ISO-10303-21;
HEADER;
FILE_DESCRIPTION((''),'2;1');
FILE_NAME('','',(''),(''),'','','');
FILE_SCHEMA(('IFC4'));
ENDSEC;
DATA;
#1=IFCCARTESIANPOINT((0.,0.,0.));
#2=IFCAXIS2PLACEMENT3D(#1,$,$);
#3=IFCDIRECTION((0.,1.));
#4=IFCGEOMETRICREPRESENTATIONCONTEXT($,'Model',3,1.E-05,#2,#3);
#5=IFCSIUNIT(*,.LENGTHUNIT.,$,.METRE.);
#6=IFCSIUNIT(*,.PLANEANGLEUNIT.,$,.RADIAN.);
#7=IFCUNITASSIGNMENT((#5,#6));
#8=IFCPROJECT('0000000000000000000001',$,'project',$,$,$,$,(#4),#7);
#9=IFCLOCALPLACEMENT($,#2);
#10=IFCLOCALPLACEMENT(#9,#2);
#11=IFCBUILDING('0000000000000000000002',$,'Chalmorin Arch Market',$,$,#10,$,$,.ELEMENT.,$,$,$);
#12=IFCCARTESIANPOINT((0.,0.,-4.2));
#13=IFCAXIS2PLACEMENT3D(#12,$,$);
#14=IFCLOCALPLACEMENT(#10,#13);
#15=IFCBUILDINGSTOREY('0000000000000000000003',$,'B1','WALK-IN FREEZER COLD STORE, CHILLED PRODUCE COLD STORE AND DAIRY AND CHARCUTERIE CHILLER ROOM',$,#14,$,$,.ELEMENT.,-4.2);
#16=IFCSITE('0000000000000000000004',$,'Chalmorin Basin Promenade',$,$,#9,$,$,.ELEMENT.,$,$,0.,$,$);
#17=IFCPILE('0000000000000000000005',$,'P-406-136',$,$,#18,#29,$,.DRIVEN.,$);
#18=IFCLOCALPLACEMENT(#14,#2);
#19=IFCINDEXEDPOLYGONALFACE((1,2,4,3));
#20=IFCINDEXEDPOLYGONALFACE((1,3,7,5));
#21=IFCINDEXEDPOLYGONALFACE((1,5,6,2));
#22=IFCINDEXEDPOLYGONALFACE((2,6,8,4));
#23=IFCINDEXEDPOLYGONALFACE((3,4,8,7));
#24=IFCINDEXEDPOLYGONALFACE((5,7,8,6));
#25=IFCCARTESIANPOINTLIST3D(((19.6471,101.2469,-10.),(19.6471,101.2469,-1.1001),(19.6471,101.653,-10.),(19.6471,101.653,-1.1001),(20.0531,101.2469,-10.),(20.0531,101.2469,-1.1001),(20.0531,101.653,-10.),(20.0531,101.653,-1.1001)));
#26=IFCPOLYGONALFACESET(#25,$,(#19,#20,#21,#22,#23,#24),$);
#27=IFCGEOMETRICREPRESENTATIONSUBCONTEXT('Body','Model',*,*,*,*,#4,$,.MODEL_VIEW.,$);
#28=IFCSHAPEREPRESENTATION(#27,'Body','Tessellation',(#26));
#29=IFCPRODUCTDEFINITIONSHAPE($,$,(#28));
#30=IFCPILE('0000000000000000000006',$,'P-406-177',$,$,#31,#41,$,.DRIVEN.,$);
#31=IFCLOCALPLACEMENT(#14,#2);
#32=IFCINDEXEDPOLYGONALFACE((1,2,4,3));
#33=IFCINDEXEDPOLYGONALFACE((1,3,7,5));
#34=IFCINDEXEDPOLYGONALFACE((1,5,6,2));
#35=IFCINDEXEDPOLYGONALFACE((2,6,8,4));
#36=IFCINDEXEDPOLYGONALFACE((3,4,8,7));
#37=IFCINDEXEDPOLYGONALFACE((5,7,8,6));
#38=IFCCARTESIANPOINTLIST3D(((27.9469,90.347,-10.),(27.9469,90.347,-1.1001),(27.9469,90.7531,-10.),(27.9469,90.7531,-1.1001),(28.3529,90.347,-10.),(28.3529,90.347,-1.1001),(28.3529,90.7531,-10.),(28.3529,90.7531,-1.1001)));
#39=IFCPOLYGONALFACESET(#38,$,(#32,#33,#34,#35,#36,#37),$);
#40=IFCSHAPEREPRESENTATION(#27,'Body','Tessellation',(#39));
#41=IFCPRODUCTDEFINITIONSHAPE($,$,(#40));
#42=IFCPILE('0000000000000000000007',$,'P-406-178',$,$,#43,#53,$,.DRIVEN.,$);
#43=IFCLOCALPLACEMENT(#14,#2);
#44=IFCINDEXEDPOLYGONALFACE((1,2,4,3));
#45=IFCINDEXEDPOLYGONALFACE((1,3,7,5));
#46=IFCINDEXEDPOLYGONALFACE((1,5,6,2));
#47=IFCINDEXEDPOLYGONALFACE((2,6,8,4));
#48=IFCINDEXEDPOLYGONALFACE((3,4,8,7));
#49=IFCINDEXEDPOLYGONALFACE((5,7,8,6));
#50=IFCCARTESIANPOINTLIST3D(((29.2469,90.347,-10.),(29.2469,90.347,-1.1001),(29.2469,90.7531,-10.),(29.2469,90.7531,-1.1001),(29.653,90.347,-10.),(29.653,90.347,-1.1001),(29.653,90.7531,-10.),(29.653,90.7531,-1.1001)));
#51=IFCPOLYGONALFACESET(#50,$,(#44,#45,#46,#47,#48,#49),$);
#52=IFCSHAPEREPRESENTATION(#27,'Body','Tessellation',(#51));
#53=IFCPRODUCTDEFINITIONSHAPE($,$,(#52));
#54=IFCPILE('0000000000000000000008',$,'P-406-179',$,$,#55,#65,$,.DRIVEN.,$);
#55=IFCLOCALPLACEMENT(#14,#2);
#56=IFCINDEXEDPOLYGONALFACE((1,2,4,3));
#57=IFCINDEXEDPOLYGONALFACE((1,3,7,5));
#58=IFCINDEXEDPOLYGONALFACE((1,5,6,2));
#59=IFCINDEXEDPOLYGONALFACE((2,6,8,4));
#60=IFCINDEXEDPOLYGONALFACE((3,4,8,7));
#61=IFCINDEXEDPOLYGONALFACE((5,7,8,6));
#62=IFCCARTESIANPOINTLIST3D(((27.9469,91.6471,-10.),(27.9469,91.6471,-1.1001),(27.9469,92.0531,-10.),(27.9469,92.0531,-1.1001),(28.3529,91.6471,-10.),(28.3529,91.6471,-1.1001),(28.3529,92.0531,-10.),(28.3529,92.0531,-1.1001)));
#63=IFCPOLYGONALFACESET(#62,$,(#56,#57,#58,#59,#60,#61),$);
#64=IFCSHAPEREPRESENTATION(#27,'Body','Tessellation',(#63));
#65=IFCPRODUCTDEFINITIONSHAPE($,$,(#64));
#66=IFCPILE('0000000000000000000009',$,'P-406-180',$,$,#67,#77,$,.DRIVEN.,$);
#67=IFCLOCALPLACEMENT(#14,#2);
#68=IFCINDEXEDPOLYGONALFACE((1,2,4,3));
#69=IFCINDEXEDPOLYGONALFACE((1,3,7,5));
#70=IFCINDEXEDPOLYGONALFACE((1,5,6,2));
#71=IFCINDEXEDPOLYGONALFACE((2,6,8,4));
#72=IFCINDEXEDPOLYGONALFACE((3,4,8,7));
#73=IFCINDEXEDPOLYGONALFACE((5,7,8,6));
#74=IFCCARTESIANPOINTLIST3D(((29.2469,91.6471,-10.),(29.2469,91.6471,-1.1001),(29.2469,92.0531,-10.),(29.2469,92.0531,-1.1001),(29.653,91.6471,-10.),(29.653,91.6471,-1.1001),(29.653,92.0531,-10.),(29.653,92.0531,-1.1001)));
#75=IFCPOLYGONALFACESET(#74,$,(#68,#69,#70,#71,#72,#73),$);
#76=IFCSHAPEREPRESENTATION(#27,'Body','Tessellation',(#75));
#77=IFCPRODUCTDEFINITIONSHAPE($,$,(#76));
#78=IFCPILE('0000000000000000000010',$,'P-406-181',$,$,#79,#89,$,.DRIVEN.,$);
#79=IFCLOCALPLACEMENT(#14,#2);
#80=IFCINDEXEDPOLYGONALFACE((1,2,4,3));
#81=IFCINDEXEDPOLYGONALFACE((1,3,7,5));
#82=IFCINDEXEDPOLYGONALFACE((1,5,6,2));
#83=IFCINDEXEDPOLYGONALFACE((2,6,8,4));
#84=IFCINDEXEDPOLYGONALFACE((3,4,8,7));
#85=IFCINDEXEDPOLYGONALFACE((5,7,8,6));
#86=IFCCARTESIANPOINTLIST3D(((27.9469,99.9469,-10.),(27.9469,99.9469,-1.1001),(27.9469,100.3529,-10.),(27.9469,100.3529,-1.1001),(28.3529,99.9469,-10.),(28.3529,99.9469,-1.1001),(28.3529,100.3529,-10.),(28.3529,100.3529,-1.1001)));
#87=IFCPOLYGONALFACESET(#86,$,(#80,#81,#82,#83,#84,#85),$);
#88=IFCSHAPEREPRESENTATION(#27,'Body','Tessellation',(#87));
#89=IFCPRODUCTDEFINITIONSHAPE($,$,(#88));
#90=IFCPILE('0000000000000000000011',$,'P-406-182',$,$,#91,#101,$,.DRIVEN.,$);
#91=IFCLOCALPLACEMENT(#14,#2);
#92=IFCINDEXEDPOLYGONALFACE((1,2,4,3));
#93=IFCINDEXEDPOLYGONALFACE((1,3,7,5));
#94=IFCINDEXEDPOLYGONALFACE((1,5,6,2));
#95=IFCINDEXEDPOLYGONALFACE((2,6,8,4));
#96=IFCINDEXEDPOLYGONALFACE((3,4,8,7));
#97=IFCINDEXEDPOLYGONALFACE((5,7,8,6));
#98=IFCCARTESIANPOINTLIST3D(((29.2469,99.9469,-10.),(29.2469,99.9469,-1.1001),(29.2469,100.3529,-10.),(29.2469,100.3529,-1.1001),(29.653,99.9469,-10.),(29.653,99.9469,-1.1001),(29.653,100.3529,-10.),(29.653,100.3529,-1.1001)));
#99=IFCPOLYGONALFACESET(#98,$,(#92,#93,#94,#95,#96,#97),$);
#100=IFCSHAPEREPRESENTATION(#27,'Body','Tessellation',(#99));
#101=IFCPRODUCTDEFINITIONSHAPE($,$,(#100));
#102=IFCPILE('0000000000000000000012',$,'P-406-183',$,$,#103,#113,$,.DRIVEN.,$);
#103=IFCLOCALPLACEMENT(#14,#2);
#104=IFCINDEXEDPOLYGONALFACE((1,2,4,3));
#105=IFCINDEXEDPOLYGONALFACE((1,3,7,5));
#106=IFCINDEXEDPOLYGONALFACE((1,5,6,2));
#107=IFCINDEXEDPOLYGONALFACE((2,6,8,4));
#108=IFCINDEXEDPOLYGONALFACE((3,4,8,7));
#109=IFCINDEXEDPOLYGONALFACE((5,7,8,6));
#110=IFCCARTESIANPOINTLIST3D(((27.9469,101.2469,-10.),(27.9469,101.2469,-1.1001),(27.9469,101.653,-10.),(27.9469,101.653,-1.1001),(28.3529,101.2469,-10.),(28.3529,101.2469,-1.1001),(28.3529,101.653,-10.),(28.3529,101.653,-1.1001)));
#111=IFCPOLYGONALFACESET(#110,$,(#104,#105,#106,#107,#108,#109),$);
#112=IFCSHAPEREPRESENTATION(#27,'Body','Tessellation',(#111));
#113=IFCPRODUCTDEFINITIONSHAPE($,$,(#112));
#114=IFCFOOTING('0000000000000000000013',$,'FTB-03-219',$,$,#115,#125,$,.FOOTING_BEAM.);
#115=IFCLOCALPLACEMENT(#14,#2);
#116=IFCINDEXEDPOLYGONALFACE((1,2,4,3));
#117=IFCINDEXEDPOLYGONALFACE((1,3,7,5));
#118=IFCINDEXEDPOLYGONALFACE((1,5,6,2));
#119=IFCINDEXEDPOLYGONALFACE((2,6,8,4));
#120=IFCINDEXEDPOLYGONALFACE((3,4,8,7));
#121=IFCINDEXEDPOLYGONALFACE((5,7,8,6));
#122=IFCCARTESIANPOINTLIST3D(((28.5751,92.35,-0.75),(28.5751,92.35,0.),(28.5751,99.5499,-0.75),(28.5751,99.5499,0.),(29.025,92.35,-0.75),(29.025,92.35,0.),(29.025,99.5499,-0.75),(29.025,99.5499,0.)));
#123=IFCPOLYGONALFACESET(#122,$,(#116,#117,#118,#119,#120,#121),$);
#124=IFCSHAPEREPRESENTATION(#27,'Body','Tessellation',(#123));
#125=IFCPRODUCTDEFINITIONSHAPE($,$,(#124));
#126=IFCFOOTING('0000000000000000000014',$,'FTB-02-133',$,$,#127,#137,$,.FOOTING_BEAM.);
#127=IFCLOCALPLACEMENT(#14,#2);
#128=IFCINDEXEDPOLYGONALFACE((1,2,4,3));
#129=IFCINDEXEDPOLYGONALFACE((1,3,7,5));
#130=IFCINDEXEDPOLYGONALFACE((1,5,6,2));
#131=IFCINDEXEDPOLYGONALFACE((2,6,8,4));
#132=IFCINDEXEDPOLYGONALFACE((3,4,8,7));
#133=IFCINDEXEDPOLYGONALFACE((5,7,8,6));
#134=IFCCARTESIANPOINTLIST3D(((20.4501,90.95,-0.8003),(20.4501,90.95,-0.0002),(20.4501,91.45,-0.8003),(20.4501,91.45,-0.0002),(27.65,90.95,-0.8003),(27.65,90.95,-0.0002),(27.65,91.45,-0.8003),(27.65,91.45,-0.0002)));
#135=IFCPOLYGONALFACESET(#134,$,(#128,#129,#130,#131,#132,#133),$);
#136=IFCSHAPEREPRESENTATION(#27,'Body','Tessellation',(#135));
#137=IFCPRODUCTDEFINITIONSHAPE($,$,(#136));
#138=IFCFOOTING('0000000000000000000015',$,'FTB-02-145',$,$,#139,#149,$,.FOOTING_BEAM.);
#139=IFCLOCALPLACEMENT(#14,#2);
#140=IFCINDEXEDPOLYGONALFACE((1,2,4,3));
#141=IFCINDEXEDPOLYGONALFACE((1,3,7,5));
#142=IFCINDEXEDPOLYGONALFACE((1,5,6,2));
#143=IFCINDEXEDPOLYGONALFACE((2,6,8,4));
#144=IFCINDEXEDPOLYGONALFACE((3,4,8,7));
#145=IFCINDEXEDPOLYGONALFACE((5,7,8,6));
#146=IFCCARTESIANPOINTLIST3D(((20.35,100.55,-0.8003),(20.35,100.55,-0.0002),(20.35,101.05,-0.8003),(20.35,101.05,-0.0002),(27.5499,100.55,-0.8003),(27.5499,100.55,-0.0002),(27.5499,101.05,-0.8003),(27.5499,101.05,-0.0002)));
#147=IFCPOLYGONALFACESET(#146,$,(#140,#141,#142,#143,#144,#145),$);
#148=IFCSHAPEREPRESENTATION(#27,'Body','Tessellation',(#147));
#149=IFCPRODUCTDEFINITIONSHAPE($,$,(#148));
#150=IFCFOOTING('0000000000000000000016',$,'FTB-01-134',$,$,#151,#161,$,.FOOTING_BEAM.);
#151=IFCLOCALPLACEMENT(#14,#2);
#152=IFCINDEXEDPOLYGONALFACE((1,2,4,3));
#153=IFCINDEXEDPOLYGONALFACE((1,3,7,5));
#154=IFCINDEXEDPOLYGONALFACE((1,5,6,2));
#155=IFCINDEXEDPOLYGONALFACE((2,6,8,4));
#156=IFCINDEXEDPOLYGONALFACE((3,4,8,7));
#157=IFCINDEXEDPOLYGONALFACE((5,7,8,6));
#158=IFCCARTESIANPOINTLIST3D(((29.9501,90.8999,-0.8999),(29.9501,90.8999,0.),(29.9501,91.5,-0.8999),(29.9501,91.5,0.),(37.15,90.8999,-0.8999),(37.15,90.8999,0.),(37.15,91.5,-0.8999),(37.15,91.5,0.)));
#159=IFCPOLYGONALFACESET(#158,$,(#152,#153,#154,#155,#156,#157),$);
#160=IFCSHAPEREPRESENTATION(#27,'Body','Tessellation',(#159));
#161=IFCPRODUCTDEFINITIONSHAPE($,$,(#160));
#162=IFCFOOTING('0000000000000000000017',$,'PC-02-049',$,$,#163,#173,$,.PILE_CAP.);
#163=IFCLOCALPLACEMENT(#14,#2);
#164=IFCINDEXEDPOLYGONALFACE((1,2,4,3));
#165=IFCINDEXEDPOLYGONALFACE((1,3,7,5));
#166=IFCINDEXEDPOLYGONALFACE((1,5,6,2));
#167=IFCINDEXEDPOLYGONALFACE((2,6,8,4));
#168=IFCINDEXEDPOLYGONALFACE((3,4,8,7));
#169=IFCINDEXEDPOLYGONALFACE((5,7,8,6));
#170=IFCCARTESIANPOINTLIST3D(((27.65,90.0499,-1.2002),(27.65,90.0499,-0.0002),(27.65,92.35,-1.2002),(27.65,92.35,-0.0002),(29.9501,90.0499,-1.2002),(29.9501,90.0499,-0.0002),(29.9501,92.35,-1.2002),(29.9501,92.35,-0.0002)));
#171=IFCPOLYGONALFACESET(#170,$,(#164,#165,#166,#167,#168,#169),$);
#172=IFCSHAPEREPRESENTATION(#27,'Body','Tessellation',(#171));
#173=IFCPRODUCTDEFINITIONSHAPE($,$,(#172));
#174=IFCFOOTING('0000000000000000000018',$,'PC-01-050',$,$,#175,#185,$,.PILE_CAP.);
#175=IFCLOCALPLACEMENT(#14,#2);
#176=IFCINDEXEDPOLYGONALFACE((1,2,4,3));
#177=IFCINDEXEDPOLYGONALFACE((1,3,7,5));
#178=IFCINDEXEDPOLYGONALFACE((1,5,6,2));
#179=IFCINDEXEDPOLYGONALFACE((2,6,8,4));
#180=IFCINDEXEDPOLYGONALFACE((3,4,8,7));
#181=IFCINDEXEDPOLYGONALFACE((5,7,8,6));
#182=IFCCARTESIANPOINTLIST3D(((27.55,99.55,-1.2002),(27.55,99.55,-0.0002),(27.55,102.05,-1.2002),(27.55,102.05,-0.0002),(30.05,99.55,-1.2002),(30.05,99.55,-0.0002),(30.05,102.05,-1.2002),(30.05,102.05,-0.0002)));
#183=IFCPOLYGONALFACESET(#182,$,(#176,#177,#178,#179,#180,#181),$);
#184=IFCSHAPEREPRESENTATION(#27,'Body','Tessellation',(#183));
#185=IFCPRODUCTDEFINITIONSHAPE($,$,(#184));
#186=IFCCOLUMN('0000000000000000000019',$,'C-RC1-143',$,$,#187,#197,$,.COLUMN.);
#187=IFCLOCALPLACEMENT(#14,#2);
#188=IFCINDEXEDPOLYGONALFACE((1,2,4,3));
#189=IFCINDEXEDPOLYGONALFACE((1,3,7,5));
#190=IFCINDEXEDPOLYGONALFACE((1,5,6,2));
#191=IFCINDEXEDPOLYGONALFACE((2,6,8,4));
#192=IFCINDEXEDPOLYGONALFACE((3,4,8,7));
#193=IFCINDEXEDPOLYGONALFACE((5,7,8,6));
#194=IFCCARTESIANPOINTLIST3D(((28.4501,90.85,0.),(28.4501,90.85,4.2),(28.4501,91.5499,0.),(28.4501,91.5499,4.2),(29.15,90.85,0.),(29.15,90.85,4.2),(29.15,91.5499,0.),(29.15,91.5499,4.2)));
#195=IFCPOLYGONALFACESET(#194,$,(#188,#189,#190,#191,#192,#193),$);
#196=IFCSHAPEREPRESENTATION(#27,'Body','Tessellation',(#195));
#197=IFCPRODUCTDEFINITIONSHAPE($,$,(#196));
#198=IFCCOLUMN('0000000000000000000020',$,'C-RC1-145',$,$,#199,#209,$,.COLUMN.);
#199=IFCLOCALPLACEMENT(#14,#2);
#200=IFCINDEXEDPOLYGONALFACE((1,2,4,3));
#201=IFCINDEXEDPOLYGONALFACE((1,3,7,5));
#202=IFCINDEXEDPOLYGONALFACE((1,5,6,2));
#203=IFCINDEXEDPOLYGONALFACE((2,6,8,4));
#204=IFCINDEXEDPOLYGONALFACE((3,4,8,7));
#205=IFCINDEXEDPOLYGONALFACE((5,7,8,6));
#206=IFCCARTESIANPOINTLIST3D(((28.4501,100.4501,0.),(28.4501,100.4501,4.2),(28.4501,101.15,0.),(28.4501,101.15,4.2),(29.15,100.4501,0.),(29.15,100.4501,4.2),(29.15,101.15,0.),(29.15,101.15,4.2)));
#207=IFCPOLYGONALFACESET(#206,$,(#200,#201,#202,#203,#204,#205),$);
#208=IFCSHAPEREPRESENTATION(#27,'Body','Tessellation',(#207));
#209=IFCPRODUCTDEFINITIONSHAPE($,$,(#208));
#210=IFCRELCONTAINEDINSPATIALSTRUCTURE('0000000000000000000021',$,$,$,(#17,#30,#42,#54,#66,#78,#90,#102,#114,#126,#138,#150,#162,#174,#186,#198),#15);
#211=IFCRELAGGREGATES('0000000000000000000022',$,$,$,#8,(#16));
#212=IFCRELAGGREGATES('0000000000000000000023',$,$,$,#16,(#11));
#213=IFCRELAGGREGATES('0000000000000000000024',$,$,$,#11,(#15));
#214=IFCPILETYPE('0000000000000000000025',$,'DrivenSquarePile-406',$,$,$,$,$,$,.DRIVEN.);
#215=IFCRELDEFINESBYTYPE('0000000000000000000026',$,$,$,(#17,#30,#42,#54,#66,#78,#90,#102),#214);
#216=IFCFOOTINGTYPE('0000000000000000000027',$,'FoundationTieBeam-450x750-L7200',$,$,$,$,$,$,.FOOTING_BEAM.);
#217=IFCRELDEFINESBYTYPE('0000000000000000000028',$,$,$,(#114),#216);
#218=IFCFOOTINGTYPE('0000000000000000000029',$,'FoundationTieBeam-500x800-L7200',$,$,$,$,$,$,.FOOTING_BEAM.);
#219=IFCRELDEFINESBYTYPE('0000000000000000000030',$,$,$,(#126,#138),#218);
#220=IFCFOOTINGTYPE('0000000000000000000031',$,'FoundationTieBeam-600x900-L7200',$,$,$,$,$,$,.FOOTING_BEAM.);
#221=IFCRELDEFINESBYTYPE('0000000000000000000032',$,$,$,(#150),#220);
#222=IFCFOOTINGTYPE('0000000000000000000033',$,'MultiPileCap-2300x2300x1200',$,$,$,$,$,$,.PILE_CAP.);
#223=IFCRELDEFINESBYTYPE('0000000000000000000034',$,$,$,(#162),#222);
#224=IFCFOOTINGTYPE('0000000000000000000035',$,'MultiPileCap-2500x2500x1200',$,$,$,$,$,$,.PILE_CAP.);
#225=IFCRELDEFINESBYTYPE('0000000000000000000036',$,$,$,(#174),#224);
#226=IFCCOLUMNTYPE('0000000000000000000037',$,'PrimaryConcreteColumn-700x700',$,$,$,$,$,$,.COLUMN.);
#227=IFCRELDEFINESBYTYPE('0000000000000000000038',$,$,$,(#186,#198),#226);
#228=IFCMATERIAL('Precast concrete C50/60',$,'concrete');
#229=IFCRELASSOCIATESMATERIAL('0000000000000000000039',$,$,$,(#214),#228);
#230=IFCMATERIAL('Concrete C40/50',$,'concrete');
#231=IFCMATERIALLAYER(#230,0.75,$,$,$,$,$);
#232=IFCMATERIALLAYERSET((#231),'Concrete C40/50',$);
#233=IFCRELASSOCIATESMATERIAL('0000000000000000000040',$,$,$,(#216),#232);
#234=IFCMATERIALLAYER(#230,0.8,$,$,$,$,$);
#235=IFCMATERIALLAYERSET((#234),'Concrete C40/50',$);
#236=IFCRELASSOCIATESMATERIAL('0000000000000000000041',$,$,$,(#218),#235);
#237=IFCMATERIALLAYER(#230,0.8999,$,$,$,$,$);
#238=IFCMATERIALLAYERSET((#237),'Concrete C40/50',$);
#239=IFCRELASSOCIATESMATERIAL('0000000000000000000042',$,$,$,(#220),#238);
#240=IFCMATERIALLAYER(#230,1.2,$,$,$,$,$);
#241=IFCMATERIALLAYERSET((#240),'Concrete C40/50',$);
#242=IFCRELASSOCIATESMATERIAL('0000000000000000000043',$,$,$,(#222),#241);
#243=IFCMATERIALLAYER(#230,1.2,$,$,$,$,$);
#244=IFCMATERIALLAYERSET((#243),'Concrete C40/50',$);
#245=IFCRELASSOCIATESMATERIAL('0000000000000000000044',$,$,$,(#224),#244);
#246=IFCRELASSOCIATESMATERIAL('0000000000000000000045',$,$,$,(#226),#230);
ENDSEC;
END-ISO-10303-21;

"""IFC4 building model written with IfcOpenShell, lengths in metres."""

from ifc_helpers import new_model, si_unit, direction, frame, origin, origin_2d, place, context, subcontext, project, spatial, rectangle, extrude, material, layer, layer_set, material_profile, profile_set, type_object, element, save


model = new_model("IFC4")

# Units and contexts
model_context = context("Model", 3, precision=1e-05, world=origin(), true_north=direction((0.0, 1.0)))
body_context = subcontext(model_context, "Body", "Model", "MODEL_VIEW")
ifc_project = project(units=[si_unit("LENGTHUNIT", "METRE"), si_unit("PLANEANGLEUNIT", "RADIAN")], contexts=[model_context])

# Site, building, storey
site_placement = place(None, origin())
site = spatial("IfcSite", under=ifc_project, at=site_placement, Name="Chalmorin Basin Promenade", CompositionType="ELEMENT", RefElevation=0.0)
building_placement = place(site_placement, origin())
building = spatial("IfcBuilding", under=site, at=building_placement, Name="Chalmorin Arch Market", CompositionType="ELEMENT")
storey_placement = place(building_placement, frame((0.0, 0.0, -4.2)))
storey = spatial("IfcBuildingStorey", under=building, at=storey_placement, Name="B1", Description="WALK-IN FREEZER COLD STORE, CHILLED PRODUCE COLD STORE AND DAIRY AND CHARCUTERIE CHILLER ROOM", CompositionType="ELEMENT", Elevation=-4.2)

# Piles
ifc_material_1 = material(Name="Precast concrete C50/60", Category="concrete")
ifc_material_profile_1 = material_profile(ifc_material_1, rectangle(XDim=0.406, YDim=0.406, at=origin_2d()), Name="PPC406")
ifc_profile_set_1 = profile_set([ifc_material_profile_1], Name="Precast concrete C50/60")
pile_type = type_object("IfcPileType", Name="DrivenSquarePile-406", PredefinedType="DRIVEN", material=ifc_profile_set_1)
for number, where, z_axis, x_axis, name in (
    (1, (19.8501, 101.45, -1.1001), (0.0, 0.0, -1.0), (1.0, 0.0, 0.0), "P-406-136"),
    (2, (28.1499, 90.55, -1.1001), (0.0, 0.0, -1.0), (1.0, 0.0, 0.0), "P-406-177"),
    (3, (29.45, 90.55, -1.1001), (0.0, 0.0, -1.0), (1.0, 0.0, 0.0), "P-406-178"),
    (4, (28.1499, 91.8501, -1.1001), (0.0, 0.0, -1.0), (1.0, 0.0, 0.0), "P-406-179"),
    (5, (29.45, 91.8501, -1.1001), (0.0, 0.0, -1.0), (1.0, 0.0, 0.0), "P-406-180"),
    (6, (28.1499, 100.1499, -1.1001), (0.0, 0.0, -1.0), (1.0, 0.0, 0.0), "P-406-181"),
    (7, (29.45, 100.1499, -1.1001), (0.0, 0.0, -1.0), (1.0, 0.0, 0.0), "P-406-182"),
    (8, (28.1499, 101.45, -1.1001), (0.0, 0.0, -1.0), (1.0, 0.0, 0.0), "P-406-183"),
):
    element("IfcPile", number, at=place(storey_placement, frame(where, z_axis=z_axis, x_axis=x_axis)), inside=storey, type_object=pile_type, Name=name, PredefinedType="DRIVEN", context=body_context, shape_type="SweptSolid", body=[
        extrude(rectangle(XDim=0.406, YDim=0.406, at=origin_2d()), origin(), (0.0, 0.0, 1.0), 8.8999),
    ])

# Footings
ifc_material_2 = material(Name="Concrete C40/50", Category="concrete")
ifc_layer_1 = layer(ifc_material_2, 0.75)
ifc_layer_set_1 = layer_set([ifc_layer_1], Name="Concrete C40/50")
footing_type_1 = type_object("IfcFootingType", Name="FoundationTieBeam-450x750-L7200", PredefinedType="FOOTING_BEAM", material=ifc_layer_set_1)
footing_1_placement = place(storey_placement, frame((28.8, 95.95, -0.75), z_axis=(0.0, 0.0, 1.0), x_axis=(0.0, 1.0, 0.0)))
element("IfcFooting", 9, at=footing_1_placement, inside=storey, type_object=footing_type_1, Name="FTB-03-219", PredefinedType="FOOTING_BEAM", context=body_context, shape_type="SweptSolid", body=[
    extrude(rectangle(XDim=7.2, YDim=0.45, at=origin_2d()), origin(), (0.0, 0.0, 1.0), 0.75),
])
ifc_layer_2 = layer(ifc_material_2, 0.8)
ifc_layer_set_2 = layer_set([ifc_layer_2], Name="Concrete C40/50")
footing_type_2 = type_object("IfcFootingType", Name="FoundationTieBeam-500x800-L7200", PredefinedType="FOOTING_BEAM", material=ifc_layer_set_2)
for number, where, z_axis, x_axis, name in (
    (10, (24.05, 91.2, -0.8003), (0.0, 0.0, 1.0), (1.0, 0.0, 0.0), "FTB-02-133"),
    (11, (23.95, 100.8, -0.8003), (0.0, 0.0, 1.0), (1.0, 0.0, 0.0), "FTB-02-145"),
):
    element("IfcFooting", number, at=place(storey_placement, frame(where, z_axis=z_axis, x_axis=x_axis)), inside=storey, type_object=footing_type_2, Name=name, PredefinedType="FOOTING_BEAM", context=body_context, shape_type="SweptSolid", body=[
        extrude(rectangle(XDim=7.2, YDim=0.5, at=origin_2d()), origin(), (0.0, 0.0, 1.0), 0.8),
    ])
ifc_layer_3 = layer(ifc_material_2, 0.8999)
ifc_layer_set_3 = layer_set([ifc_layer_3], Name="Concrete C40/50")
footing_type_3 = type_object("IfcFootingType", Name="FoundationTieBeam-600x900-L7200", PredefinedType="FOOTING_BEAM", material=ifc_layer_set_3)
footing_2_placement = place(storey_placement, frame((33.55, 91.2, -0.8999), z_axis=(0.0, 0.0, 1.0), x_axis=(1.0, 0.0, 0.0)))
element("IfcFooting", 12, at=footing_2_placement, inside=storey, type_object=footing_type_3, Name="FTB-01-134", PredefinedType="FOOTING_BEAM", context=body_context, shape_type="SweptSolid", body=[
    extrude(rectangle(XDim=7.2, YDim=0.6001, at=origin_2d()), origin(), (0.0, 0.0, 1.0), 0.8999),
])
ifc_layer_4 = layer(ifc_material_2, 1.2)
ifc_layer_set_4 = layer_set([ifc_layer_4], Name="Concrete C40/50")
footing_type_4 = type_object("IfcFootingType", Name="MultiPileCap-2300x2300x1200", PredefinedType="PILE_CAP", material=ifc_layer_set_4)
footing_3_placement = place(storey_placement, frame((28.8, 91.2, -1.2002), z_axis=(0.0, 0.0, 1.0), x_axis=(1.0, 0.0, 0.0)))
element("IfcFooting", 13, at=footing_3_placement, inside=storey, type_object=footing_type_4, Name="PC-02-049", PredefinedType="PILE_CAP", context=body_context, shape_type="SweptSolid", body=[
    extrude(rectangle(XDim=2.3, YDim=2.3, at=origin_2d()), origin(), (0.0, 0.0, 1.0), 1.2),
])
ifc_layer_5 = layer(ifc_material_2, 1.2)
ifc_layer_set_5 = layer_set([ifc_layer_5], Name="Concrete C40/50")
footing_type_5 = type_object("IfcFootingType", Name="MultiPileCap-2500x2500x1200", PredefinedType="PILE_CAP", material=ifc_layer_set_5)
footing_4_placement = place(storey_placement, frame((28.8, 100.8, -1.2002), z_axis=(0.0, 0.0, 1.0), x_axis=(1.0, 0.0, 0.0)))
element("IfcFooting", 14, at=footing_4_placement, inside=storey, type_object=footing_type_5, Name="PC-01-050", PredefinedType="PILE_CAP", context=body_context, shape_type="SweptSolid", body=[
    extrude(rectangle(XDim=2.5, YDim=2.5, at=origin_2d()), origin(), (0.0, 0.0, 1.0), 1.2),
])

# Columns
ifc_material_profile_2 = material_profile(ifc_material_2, rectangle(XDim=0.7, YDim=0.7, at=origin_2d()), Name="RC700X700")
ifc_profile_set_2 = profile_set([ifc_material_profile_2], Name="Concrete C40/50")
column_type = type_object("IfcColumnType", Name="PrimaryConcreteColumn-700x700", PredefinedType="COLUMN", material=ifc_profile_set_2)
for number, where, z_axis, x_axis, name in (
    (15, (28.8, 91.2, 0.0), (0.0, 0.0, 1.0), (1.0, 0.0, 0.0), "C-RC1-143"),
    (16, (28.8, 100.8, 0.0), (0.0, 0.0, 1.0), (1.0, 0.0, 0.0), "C-RC1-145"),
):
    element("IfcColumn", number, at=place(storey_placement, frame(where, z_axis=z_axis, x_axis=x_axis)), inside=storey, type_object=column_type, Name=name, PredefinedType="COLUMN", context=body_context, shape_type="SweptSolid", body=[
        extrude(rectangle(XDim=0.7, YDim=0.7, at=origin_2d()), origin(), (0.0, 0.0, 1.0), 4.2),
    ])

save(model, "model.ifc")
